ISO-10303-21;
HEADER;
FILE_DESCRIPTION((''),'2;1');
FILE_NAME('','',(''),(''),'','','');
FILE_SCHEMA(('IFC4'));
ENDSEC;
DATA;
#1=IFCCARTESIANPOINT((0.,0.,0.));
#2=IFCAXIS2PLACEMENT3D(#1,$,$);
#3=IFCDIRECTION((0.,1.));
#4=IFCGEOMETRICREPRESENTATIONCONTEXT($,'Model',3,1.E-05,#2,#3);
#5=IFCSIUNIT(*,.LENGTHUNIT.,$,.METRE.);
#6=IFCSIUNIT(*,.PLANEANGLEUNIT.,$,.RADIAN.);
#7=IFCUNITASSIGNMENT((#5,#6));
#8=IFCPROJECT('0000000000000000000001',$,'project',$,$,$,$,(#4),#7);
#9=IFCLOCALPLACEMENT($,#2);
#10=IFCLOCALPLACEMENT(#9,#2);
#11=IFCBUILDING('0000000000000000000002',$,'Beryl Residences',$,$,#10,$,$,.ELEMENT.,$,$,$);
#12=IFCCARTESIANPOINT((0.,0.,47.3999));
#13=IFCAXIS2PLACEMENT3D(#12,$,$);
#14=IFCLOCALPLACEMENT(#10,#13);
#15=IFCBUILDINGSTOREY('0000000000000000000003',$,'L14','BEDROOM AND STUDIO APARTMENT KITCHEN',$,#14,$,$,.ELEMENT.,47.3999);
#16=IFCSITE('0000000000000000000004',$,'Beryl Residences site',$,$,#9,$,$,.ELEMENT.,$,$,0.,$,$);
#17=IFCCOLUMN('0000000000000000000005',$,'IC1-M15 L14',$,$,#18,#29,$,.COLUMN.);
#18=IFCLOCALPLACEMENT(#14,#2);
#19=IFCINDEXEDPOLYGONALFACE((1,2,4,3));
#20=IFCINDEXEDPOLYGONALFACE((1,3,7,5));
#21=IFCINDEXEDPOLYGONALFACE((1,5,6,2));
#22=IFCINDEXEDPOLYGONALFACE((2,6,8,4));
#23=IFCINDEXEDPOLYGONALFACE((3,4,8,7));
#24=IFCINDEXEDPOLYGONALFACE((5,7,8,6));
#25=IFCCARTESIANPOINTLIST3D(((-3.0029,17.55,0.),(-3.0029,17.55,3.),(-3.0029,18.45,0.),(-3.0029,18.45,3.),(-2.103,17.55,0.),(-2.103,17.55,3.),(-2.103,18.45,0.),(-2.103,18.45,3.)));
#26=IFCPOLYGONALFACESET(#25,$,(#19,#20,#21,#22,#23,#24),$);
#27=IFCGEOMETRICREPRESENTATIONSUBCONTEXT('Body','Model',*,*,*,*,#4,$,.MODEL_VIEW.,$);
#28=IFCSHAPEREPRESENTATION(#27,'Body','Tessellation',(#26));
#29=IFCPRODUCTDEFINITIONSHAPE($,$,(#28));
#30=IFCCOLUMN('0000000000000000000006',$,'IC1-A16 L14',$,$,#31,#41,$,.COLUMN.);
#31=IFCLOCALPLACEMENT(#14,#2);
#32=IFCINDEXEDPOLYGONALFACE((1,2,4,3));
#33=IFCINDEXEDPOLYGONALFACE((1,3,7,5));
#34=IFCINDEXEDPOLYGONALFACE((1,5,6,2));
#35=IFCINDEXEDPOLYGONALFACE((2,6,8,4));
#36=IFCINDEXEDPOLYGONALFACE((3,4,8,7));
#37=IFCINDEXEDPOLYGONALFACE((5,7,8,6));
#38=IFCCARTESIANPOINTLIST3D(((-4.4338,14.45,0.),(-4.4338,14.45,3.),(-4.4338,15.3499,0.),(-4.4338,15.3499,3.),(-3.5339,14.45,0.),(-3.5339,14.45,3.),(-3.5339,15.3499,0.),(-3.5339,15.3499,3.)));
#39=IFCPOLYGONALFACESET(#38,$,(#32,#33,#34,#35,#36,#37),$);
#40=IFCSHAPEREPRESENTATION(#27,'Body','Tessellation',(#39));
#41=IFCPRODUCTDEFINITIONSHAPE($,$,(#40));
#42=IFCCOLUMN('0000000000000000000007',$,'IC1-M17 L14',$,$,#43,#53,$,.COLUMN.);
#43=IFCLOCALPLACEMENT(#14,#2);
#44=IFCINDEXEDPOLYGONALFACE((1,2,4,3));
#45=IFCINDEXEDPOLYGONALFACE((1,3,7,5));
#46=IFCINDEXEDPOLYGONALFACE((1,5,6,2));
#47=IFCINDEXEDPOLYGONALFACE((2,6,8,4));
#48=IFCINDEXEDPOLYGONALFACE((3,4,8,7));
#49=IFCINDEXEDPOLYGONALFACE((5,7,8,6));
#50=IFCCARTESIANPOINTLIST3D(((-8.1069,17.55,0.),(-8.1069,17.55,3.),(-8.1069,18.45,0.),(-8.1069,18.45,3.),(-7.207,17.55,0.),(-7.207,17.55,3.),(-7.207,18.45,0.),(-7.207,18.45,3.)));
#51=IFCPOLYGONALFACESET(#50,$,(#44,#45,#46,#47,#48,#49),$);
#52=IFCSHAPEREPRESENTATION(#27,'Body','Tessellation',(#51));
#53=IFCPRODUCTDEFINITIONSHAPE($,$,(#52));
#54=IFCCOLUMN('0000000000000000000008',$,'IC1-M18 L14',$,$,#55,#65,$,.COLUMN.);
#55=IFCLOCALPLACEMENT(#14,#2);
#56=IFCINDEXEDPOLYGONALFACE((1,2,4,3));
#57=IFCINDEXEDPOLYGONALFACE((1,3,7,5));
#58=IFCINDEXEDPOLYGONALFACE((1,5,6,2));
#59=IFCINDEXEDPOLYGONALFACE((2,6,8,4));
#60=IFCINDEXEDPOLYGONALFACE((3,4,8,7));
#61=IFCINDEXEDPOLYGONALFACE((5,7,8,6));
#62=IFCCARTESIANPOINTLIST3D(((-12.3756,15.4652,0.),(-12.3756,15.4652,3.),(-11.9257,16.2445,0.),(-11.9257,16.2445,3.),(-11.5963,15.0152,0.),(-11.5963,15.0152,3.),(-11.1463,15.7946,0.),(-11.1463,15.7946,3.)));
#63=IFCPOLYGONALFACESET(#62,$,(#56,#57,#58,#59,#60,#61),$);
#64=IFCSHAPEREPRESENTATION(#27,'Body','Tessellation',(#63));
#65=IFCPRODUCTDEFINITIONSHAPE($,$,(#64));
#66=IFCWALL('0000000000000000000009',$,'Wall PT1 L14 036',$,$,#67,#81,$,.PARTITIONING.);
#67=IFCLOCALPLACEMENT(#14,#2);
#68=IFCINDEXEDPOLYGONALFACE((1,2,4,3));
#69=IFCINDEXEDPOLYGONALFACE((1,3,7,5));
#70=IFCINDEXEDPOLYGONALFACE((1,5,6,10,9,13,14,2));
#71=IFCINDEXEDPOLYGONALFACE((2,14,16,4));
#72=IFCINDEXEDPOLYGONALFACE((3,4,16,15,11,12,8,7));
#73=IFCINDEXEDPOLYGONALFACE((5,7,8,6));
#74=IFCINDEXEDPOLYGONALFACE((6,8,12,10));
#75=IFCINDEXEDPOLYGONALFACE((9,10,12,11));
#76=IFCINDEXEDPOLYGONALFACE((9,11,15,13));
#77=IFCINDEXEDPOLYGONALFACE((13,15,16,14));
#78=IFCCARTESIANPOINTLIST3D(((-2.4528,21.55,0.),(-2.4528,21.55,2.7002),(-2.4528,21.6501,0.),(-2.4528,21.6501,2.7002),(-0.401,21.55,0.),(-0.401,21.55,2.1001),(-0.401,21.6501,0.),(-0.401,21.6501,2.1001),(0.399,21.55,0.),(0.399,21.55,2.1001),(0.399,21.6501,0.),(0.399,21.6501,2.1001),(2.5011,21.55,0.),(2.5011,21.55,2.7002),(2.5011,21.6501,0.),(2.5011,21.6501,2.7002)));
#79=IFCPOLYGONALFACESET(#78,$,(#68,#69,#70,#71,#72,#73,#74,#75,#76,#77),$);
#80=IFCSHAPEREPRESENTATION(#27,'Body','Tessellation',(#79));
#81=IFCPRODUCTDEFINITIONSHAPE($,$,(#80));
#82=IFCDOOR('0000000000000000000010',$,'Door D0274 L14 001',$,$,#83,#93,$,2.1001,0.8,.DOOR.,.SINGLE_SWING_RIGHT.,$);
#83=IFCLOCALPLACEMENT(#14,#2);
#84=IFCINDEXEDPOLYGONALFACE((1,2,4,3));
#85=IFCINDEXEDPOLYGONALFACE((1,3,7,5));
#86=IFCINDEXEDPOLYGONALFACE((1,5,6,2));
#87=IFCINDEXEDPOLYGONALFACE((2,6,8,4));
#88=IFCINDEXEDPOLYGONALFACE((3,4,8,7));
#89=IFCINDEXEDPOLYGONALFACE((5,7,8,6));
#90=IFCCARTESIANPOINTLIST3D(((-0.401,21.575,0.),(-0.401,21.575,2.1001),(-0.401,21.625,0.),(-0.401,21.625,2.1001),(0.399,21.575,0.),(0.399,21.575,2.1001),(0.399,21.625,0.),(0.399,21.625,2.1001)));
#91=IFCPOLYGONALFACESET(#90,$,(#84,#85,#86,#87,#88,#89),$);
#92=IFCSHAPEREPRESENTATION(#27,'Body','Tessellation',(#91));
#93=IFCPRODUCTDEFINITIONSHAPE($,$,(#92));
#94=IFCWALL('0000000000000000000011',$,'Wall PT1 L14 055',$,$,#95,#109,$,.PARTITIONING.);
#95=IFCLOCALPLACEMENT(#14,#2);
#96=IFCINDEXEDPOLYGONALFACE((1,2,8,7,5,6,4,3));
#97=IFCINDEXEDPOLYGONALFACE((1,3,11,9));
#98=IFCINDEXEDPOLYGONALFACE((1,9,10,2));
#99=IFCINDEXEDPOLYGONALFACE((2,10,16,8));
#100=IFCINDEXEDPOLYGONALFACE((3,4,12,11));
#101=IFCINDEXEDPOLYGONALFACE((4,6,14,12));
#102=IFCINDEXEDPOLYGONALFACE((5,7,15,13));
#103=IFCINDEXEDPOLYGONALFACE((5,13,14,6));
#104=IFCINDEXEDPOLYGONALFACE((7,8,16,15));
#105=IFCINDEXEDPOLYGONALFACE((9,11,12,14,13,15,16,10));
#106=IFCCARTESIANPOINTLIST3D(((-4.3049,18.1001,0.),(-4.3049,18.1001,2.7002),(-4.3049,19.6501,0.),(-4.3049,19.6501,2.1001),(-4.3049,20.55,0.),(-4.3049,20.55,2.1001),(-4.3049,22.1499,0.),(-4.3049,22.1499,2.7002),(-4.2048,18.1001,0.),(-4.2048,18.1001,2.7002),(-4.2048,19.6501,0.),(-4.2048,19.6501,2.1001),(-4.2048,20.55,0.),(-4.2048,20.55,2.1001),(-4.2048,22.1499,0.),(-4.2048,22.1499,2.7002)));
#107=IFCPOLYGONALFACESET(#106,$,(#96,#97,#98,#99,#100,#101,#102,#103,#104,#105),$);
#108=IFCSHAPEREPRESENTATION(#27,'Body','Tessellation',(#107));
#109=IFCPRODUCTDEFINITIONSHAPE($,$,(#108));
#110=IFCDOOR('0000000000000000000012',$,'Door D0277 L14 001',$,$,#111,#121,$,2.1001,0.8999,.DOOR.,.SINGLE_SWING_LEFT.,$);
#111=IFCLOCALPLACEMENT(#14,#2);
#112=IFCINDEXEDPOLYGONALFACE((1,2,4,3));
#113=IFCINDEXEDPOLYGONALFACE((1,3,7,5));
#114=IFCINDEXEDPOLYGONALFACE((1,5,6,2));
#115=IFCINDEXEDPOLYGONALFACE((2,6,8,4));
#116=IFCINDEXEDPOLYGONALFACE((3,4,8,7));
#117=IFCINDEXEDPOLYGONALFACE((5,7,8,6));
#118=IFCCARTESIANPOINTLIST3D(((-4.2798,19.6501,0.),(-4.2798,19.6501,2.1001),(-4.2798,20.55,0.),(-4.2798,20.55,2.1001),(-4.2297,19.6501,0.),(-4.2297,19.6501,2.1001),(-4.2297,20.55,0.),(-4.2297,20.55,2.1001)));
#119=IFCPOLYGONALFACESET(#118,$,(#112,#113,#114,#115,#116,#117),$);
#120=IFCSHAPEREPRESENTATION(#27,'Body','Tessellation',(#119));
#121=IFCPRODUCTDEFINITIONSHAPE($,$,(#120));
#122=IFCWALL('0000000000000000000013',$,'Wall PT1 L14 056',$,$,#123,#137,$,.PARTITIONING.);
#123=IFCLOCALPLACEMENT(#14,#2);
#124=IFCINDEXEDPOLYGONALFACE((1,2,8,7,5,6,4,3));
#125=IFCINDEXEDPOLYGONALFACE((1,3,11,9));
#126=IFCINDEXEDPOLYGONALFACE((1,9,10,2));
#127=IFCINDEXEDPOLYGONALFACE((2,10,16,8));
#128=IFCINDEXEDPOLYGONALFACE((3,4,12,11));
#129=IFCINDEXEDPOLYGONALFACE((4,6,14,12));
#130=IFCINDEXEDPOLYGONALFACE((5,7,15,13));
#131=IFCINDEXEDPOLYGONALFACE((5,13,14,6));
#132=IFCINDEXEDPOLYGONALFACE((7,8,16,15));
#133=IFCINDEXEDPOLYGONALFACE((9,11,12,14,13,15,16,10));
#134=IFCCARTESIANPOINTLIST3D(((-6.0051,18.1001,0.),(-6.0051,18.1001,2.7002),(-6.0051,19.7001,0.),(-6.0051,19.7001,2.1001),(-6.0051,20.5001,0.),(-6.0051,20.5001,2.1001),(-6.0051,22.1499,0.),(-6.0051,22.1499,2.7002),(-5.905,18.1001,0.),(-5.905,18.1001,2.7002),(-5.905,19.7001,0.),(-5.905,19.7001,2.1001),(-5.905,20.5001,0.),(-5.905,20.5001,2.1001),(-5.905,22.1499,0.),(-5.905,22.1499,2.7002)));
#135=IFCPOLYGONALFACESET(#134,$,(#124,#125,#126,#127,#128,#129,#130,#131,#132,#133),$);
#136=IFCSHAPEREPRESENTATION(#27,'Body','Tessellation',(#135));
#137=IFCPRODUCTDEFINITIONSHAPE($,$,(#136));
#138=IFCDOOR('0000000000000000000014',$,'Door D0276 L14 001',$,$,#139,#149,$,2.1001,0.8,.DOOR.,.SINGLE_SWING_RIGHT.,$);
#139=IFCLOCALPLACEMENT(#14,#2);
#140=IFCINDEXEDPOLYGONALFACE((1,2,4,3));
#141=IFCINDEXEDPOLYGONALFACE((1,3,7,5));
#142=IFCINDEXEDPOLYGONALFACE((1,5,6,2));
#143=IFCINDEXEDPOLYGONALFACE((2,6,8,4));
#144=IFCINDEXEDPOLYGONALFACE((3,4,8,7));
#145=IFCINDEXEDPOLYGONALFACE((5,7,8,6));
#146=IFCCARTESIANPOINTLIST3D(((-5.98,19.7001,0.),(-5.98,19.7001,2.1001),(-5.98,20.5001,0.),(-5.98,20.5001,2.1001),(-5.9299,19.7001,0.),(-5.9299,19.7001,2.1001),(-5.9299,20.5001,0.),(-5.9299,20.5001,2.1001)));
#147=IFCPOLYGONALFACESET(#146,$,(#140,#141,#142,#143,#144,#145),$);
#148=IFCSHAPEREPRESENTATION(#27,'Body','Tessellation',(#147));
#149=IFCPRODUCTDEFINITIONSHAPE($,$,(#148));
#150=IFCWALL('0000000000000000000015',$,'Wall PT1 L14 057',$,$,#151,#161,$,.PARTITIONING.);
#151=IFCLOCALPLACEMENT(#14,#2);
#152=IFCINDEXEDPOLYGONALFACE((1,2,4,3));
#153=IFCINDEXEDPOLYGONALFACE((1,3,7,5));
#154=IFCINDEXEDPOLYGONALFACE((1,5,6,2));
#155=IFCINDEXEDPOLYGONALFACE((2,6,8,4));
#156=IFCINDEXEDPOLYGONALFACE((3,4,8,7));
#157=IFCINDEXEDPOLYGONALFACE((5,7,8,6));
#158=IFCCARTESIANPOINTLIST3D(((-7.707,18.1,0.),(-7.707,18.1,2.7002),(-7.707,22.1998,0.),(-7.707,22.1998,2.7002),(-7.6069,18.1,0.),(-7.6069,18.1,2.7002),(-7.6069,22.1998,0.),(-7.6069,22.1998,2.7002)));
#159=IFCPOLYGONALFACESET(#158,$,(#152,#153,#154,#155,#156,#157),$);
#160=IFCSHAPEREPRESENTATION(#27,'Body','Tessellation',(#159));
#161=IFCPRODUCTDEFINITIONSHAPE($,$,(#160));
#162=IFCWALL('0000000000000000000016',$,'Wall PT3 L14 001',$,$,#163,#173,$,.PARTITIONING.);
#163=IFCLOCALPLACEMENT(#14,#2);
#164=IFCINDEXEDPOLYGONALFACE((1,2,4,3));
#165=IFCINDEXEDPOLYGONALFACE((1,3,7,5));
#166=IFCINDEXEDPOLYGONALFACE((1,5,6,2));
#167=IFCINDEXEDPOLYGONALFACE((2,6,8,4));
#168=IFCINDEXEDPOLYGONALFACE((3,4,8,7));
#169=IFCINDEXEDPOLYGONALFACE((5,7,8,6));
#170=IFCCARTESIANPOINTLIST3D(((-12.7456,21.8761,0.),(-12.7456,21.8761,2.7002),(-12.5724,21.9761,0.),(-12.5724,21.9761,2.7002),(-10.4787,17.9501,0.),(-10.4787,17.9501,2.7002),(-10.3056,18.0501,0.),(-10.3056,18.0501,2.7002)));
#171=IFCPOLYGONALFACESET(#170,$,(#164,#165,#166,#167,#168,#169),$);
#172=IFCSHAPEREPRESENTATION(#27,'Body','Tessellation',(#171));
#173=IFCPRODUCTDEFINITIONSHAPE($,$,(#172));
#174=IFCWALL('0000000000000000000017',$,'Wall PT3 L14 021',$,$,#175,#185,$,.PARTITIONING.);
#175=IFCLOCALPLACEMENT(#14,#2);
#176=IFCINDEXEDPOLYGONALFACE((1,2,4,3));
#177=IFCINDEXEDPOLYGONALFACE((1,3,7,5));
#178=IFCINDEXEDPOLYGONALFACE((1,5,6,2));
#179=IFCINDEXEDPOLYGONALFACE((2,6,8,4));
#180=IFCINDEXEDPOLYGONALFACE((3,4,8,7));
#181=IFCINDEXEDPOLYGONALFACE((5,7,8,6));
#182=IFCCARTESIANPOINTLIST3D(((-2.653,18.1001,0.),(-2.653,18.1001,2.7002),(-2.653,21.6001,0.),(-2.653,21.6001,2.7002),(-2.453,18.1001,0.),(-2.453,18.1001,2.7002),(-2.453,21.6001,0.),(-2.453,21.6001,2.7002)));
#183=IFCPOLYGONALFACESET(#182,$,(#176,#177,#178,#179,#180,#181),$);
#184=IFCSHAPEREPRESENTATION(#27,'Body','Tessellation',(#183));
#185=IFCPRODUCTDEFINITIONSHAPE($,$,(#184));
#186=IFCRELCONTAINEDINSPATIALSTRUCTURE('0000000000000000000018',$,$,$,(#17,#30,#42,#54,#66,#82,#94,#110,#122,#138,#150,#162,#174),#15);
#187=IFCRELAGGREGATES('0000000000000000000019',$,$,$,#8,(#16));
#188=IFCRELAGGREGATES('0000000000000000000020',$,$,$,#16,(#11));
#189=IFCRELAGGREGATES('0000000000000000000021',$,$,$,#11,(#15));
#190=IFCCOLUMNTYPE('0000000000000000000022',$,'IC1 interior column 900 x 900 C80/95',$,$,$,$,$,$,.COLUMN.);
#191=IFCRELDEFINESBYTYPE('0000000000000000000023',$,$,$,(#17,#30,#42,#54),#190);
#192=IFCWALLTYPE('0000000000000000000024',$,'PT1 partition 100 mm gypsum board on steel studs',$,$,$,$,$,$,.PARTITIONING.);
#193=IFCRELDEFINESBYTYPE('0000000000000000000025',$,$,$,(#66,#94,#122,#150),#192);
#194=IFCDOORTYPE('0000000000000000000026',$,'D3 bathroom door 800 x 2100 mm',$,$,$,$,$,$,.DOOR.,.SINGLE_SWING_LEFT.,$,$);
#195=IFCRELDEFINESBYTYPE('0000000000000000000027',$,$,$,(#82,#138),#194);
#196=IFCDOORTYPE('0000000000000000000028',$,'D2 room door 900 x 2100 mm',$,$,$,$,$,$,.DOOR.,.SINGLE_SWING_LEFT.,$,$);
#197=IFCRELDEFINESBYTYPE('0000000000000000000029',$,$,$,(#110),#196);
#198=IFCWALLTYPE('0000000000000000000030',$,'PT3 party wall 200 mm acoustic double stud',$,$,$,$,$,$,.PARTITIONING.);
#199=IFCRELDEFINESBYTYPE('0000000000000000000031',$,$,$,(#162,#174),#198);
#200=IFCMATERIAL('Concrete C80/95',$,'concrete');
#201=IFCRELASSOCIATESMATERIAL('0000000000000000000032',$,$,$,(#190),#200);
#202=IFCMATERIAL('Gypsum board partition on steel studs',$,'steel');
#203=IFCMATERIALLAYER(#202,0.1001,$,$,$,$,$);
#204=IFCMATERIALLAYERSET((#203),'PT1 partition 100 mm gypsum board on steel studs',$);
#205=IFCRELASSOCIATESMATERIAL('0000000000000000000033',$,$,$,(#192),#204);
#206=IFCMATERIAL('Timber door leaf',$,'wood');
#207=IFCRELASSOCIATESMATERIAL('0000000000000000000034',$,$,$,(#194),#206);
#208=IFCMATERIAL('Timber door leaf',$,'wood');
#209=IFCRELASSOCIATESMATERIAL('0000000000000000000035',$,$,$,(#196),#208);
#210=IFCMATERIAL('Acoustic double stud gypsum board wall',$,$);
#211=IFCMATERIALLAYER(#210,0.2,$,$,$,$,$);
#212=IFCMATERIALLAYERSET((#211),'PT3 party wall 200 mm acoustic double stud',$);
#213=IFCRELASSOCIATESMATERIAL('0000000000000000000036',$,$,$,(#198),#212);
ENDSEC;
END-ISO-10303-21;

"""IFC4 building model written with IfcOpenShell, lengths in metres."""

from ifc_helpers import new_model, si_unit, direction, frame, frame_2d, origin, origin_2d, place, context, subcontext, project, spatial, rectangle, extrude, material, layer, layer_set, material_profile, profile_set, type_object, element, fill, save


model = new_model("IFC4")

# Units and contexts
model_context = context("Model", 3, precision=1e-05, world=origin(), true_north=direction((0.0, 1.0)))
body_context = subcontext(model_context, "Body", "Model", "MODEL_VIEW")
ifc_project = project(units=[si_unit("LENGTHUNIT", "METRE"), si_unit("PLANEANGLEUNIT", "RADIAN")], contexts=[model_context])

# Site, building, storey
site_placement = place(None, origin())
site = spatial("IfcSite", under=ifc_project, at=site_placement, Name="Beryl Residences site", CompositionType="ELEMENT", RefElevation=0.0)
building_placement = place(site_placement, origin())
building = spatial("IfcBuilding", under=site, at=building_placement, Name="Beryl Residences", CompositionType="ELEMENT")
storey_placement = place(building_placement, frame((0.0, 0.0, 47.3999)))
storey = spatial("IfcBuildingStorey", under=building, at=storey_placement, Name="L14", Description="BEDROOM AND STUDIO APARTMENT KITCHEN", CompositionType="ELEMENT", Elevation=47.3999)

# Columns
ifc_material_1 = material(Name="Concrete C80/95", Category="concrete")
ifc_material_profile = material_profile(ifc_material_1, rectangle(XDim=0.8999, YDim=0.8999, at=origin_2d()))
ifc_profile_set = profile_set([ifc_material_profile], Name="Concrete C80/95")
column_type = type_object("IfcColumnType", Name="IC1 interior column 900 x 900 C80/95", PredefinedType="COLUMN", material=ifc_profile_set)
for number, where, z_axis, x_axis, name in (
    (1, (-2.553, 18.0, 0.0), (0.0, 0.0, 1.0), (-1.0, 0.0, 0.0), "IC1-M15 L14"),
    (2, (-3.9839, 14.8999, 0.0), (0.0, 0.0, 1.0), (1.0, 0.0, 0.0), "IC1-A16 L14"),
    (3, (-7.657, 18.0, 0.0), (0.0, 0.0, 1.0), (-1.0, 0.0, 0.0), "IC1-M17 L14"),
    (4, (-11.761, 15.6299, 0.0), (0.0, 0.0, 1.0), (-0.499985, -0.866034, 0.0), "IC1-M18 L14"),
):
    element("IfcColumn", number, at=place(storey_placement, frame(where, z_axis=z_axis, x_axis=x_axis)), inside=storey, type_object=column_type, Name=name, PredefinedType="COLUMN", context=body_context, shape_type="SweptSolid", body=[
        extrude(rectangle(XDim=0.8999, YDim=0.8999, at=origin_2d()), origin(), (0.0, 0.0, 1.0), 3.0),
    ])

# Walls, openings, doors
ifc_material_2 = material(Name="Gypsum board partition on steel studs", Category="steel")
ifc_layer_1 = layer(ifc_material_2, 0.1001)
ifc_layer_set_1 = layer_set([ifc_layer_1], Name="PT1 partition 100 mm gypsum board on steel studs")
wall_type_1 = type_object("IfcWallType", Name="PT1 partition 100 mm gypsum board on steel studs", PredefinedType="PARTITIONING", material=ifc_layer_set_1)
wall_1_placement = place(storey_placement, frame((-2.4529, 21.6001, 0.0), z_axis=(0.0, 0.0, 1.0), x_axis=(1.0, 0.0, 0.0)))
wall_1 = element("IfcWall", 5, at=wall_1_placement, inside=storey, type_object=wall_type_1, Name="Wall PT1 L14 036", PredefinedType="PARTITIONING", context=body_context, shape_type="SweptSolid", body=[
    extrude(rectangle(XDim=4.9539, YDim=0.1001, at=frame_2d((2.4771, 0.0))), origin(), (0.0, 0.0, 1.0), 2.7002),
])
opening_1_placement = place(wall_1_placement, frame((2.052, 0.0, 0.0)))
opening_1 = element("IfcOpeningElement", 6, at=opening_1_placement, cuts=wall_1, PredefinedType="OPENING", context=body_context, shape_type="SweptSolid", body=[
    extrude(rectangle(XDim=0.8, YDim=2.1001, at=frame_2d((0.3999, 1.05))), frame((0.0, 0.0601, 0.0), z_axis=(0.0, -1.0, 0.0), x_axis=(1.0, 0.0, 0.0)), (0.0, 0.0, 1.0), 0.1201),
])
ifc_material_3 = material(Name="Timber door leaf", Category="wood")
door_type_1 = type_object("IfcDoorType", Name="D3 bathroom door 800 x 2100 mm", OperationType="SINGLE_SWING_LEFT", PredefinedType="DOOR", material=ifc_material_3)
door_1_placement = place(opening_1_placement, origin())
door_1 = element("IfcDoor", 7, at=door_1_placement, inside=storey, type_object=door_type_1, Name="Door D0274 L14 001", OperationType="SINGLE_SWING_RIGHT", OverallHeight=2.1001, OverallWidth=0.8, PredefinedType="DOOR", context=body_context, shape_type="SweptSolid", body=[
    extrude(rectangle(XDim=0.8, YDim=2.1001, at=frame_2d((0.3999, 1.05))), frame((0.0, 0.0249, 0.0), z_axis=(0.0, -1.0, 0.0), x_axis=(1.0, 0.0, 0.0)), (0.0, 0.0, 1.0), 0.05),
])
fill(opening_1, door_1)
wall_2_placement = place(storey_placement, frame((-4.2549, 18.1001, 0.0), z_axis=(0.0, 0.0, 1.0), x_axis=(0.0, 1.0, 0.0)))
wall_2 = element("IfcWall", 8, at=wall_2_placement, inside=storey, type_object=wall_type_1, Name="Wall PT1 L14 055", PredefinedType="PARTITIONING", context=body_context, shape_type="SweptSolid", body=[
    extrude(rectangle(XDim=4.0498, YDim=0.1001, at=frame_2d((2.0249, 0.0))), origin(), (0.0, 0.0, 1.0), 2.7002),
])
opening_2_placement = place(wall_2_placement, frame((1.55, 0.0, 0.0)))
opening_2 = element("IfcOpeningElement", 9, at=opening_2_placement, cuts=wall_2, PredefinedType="OPENING", context=body_context, shape_type="SweptSolid", body=[
    extrude(rectangle(XDim=0.8999, YDim=2.1001, at=frame_2d((0.45, 1.05))), frame((0.0, 0.0601, 0.0), z_axis=(0.0, -1.0, 0.0), x_axis=(1.0, 0.0, 0.0)), (0.0, 0.0, 1.0), 0.1201),
])
ifc_material_4 = material(Name="Timber door leaf", Category="wood")
door_type_2 = type_object("IfcDoorType", Name="D2 room door 900 x 2100 mm", OperationType="SINGLE_SWING_LEFT", PredefinedType="DOOR", material=ifc_material_4)
door_2_placement = place(opening_2_placement, origin())
door_2 = element("IfcDoor", 10, at=door_2_placement, inside=storey, type_object=door_type_2, Name="Door D0277 L14 001", OperationType="SINGLE_SWING_LEFT", OverallHeight=2.1001, OverallWidth=0.8999, PredefinedType="DOOR", context=body_context, shape_type="SweptSolid", body=[
    extrude(rectangle(XDim=0.8999, YDim=2.1001, at=frame_2d((0.45, 1.05))), frame((0.0, 0.0249, 0.0), z_axis=(0.0, -1.0, 0.0), x_axis=(1.0, 0.0, 0.0)), (0.0, 0.0, 1.0), 0.05),
])
fill(opening_2, door_2)
wall_3_placement = place(storey_placement, frame((-5.9551, 18.1001, 0.0), z_axis=(0.0, 0.0, 1.0), x_axis=(0.0, 1.0, 0.0)))
wall_3 = element("IfcWall", 11, at=wall_3_placement, inside=storey, type_object=wall_type_1, Name="Wall PT1 L14 056", PredefinedType="PARTITIONING", context=body_context, shape_type="SweptSolid", body=[
    extrude(rectangle(XDim=4.0498, YDim=0.1001, at=frame_2d((2.0249, 0.0))), origin(), (0.0, 0.0, 1.0), 2.7002),
])
opening_3_placement = place(wall_3_placement, frame((1.6001, 0.0, 0.0)))
opening_3 = element("IfcOpeningElement", 12, at=opening_3_placement, cuts=wall_3, PredefinedType="OPENING", context=body_context, shape_type="SweptSolid", body=[
    extrude(rectangle(XDim=0.8, YDim=2.1001, at=frame_2d((0.3999, 1.05))), frame((0.0, 0.0601, 0.0), z_axis=(0.0, -1.0, 0.0), x_axis=(1.0, 0.0, 0.0)), (0.0, 0.0, 1.0), 0.1201),
])
door_3_placement = place(opening_3_placement, origin())
door_3 = element("IfcDoor", 13, at=door_3_placement, inside=storey, type_object=door_type_1, Name="Door D0276 L14 001", OperationType="SINGLE_SWING_RIGHT", OverallHeight=2.1001, OverallWidth=0.8, PredefinedType="DOOR", context=body_context, shape_type="SweptSolid", body=[
    extrude(rectangle(XDim=0.8, YDim=2.1001, at=frame_2d((0.3999, 1.05))), frame((0.0, 0.0249, 0.0), z_axis=(0.0, -1.0, 0.0), x_axis=(1.0, 0.0, 0.0)), (0.0, 0.0, 1.0), 0.05),
])
fill(opening_3, door_3)

# Walls
wall_4_placement = place(storey_placement, frame((-7.657, 18.1001, 0.0), z_axis=(0.0, 0.0, 1.0), x_axis=(0.0, 1.0, 0.0)))
element("IfcWall", 14, at=wall_4_placement, inside=storey, type_object=wall_type_1, Name="Wall PT1 L14 057", PredefinedType="PARTITIONING", context=body_context, shape_type="SweptSolid", body=[
    extrude(rectangle(XDim=4.0999, YDim=0.1001, at=frame_2d((2.0498, 0.0))), origin(), (0.0, 0.0, 1.0), 2.7002),
])
ifc_material_5 = material(Name="Acoustic double stud gypsum board wall")
ifc_layer_2 = layer(ifc_material_5, 0.2)
ifc_layer_set_2 = layer_set([ifc_layer_2], Name="PT3 party wall 200 mm acoustic double stud")
wall_type_2 = type_object("IfcWallType", Name="PT3 party wall 200 mm acoustic double stud", PredefinedType="PARTITIONING", material=ifc_layer_set_2)
wall_5_placement = place(storey_placement, frame((-12.6589, 21.926, 0.0), z_axis=(0.0, 0.0, 1.0), x_axis=(0.500025, -0.866011, 0.0)))
element("IfcWall", 15, at=wall_5_placement, inside=storey, type_object=wall_type_2, Name="Wall PT3 L14 001", PredefinedType="PARTITIONING", context=body_context, shape_type="SweptSolid", body=[
    extrude(rectangle(XDim=4.5334, YDim=0.2, at=frame_2d((2.2666, 0.0))), origin(), (0.0, 0.0, 1.0), 2.7002),
])
wall_6_placement = place(storey_placement, frame((-2.553, 18.1001, 0.0), z_axis=(0.0, 0.0, 1.0), x_axis=(0.0, 1.0, 0.0)))
element("IfcWall", 16, at=wall_6_placement, inside=storey, type_object=wall_type_2, Name="Wall PT3 L14 021", PredefinedType="PARTITIONING", context=body_context, shape_type="SweptSolid", body=[
    extrude(rectangle(XDim=3.5, YDim=0.2, at=frame_2d((1.75, 0.0))), origin(), (0.0, 0.0, 1.0), 2.7002),
])

save(model, "model.ifc")
